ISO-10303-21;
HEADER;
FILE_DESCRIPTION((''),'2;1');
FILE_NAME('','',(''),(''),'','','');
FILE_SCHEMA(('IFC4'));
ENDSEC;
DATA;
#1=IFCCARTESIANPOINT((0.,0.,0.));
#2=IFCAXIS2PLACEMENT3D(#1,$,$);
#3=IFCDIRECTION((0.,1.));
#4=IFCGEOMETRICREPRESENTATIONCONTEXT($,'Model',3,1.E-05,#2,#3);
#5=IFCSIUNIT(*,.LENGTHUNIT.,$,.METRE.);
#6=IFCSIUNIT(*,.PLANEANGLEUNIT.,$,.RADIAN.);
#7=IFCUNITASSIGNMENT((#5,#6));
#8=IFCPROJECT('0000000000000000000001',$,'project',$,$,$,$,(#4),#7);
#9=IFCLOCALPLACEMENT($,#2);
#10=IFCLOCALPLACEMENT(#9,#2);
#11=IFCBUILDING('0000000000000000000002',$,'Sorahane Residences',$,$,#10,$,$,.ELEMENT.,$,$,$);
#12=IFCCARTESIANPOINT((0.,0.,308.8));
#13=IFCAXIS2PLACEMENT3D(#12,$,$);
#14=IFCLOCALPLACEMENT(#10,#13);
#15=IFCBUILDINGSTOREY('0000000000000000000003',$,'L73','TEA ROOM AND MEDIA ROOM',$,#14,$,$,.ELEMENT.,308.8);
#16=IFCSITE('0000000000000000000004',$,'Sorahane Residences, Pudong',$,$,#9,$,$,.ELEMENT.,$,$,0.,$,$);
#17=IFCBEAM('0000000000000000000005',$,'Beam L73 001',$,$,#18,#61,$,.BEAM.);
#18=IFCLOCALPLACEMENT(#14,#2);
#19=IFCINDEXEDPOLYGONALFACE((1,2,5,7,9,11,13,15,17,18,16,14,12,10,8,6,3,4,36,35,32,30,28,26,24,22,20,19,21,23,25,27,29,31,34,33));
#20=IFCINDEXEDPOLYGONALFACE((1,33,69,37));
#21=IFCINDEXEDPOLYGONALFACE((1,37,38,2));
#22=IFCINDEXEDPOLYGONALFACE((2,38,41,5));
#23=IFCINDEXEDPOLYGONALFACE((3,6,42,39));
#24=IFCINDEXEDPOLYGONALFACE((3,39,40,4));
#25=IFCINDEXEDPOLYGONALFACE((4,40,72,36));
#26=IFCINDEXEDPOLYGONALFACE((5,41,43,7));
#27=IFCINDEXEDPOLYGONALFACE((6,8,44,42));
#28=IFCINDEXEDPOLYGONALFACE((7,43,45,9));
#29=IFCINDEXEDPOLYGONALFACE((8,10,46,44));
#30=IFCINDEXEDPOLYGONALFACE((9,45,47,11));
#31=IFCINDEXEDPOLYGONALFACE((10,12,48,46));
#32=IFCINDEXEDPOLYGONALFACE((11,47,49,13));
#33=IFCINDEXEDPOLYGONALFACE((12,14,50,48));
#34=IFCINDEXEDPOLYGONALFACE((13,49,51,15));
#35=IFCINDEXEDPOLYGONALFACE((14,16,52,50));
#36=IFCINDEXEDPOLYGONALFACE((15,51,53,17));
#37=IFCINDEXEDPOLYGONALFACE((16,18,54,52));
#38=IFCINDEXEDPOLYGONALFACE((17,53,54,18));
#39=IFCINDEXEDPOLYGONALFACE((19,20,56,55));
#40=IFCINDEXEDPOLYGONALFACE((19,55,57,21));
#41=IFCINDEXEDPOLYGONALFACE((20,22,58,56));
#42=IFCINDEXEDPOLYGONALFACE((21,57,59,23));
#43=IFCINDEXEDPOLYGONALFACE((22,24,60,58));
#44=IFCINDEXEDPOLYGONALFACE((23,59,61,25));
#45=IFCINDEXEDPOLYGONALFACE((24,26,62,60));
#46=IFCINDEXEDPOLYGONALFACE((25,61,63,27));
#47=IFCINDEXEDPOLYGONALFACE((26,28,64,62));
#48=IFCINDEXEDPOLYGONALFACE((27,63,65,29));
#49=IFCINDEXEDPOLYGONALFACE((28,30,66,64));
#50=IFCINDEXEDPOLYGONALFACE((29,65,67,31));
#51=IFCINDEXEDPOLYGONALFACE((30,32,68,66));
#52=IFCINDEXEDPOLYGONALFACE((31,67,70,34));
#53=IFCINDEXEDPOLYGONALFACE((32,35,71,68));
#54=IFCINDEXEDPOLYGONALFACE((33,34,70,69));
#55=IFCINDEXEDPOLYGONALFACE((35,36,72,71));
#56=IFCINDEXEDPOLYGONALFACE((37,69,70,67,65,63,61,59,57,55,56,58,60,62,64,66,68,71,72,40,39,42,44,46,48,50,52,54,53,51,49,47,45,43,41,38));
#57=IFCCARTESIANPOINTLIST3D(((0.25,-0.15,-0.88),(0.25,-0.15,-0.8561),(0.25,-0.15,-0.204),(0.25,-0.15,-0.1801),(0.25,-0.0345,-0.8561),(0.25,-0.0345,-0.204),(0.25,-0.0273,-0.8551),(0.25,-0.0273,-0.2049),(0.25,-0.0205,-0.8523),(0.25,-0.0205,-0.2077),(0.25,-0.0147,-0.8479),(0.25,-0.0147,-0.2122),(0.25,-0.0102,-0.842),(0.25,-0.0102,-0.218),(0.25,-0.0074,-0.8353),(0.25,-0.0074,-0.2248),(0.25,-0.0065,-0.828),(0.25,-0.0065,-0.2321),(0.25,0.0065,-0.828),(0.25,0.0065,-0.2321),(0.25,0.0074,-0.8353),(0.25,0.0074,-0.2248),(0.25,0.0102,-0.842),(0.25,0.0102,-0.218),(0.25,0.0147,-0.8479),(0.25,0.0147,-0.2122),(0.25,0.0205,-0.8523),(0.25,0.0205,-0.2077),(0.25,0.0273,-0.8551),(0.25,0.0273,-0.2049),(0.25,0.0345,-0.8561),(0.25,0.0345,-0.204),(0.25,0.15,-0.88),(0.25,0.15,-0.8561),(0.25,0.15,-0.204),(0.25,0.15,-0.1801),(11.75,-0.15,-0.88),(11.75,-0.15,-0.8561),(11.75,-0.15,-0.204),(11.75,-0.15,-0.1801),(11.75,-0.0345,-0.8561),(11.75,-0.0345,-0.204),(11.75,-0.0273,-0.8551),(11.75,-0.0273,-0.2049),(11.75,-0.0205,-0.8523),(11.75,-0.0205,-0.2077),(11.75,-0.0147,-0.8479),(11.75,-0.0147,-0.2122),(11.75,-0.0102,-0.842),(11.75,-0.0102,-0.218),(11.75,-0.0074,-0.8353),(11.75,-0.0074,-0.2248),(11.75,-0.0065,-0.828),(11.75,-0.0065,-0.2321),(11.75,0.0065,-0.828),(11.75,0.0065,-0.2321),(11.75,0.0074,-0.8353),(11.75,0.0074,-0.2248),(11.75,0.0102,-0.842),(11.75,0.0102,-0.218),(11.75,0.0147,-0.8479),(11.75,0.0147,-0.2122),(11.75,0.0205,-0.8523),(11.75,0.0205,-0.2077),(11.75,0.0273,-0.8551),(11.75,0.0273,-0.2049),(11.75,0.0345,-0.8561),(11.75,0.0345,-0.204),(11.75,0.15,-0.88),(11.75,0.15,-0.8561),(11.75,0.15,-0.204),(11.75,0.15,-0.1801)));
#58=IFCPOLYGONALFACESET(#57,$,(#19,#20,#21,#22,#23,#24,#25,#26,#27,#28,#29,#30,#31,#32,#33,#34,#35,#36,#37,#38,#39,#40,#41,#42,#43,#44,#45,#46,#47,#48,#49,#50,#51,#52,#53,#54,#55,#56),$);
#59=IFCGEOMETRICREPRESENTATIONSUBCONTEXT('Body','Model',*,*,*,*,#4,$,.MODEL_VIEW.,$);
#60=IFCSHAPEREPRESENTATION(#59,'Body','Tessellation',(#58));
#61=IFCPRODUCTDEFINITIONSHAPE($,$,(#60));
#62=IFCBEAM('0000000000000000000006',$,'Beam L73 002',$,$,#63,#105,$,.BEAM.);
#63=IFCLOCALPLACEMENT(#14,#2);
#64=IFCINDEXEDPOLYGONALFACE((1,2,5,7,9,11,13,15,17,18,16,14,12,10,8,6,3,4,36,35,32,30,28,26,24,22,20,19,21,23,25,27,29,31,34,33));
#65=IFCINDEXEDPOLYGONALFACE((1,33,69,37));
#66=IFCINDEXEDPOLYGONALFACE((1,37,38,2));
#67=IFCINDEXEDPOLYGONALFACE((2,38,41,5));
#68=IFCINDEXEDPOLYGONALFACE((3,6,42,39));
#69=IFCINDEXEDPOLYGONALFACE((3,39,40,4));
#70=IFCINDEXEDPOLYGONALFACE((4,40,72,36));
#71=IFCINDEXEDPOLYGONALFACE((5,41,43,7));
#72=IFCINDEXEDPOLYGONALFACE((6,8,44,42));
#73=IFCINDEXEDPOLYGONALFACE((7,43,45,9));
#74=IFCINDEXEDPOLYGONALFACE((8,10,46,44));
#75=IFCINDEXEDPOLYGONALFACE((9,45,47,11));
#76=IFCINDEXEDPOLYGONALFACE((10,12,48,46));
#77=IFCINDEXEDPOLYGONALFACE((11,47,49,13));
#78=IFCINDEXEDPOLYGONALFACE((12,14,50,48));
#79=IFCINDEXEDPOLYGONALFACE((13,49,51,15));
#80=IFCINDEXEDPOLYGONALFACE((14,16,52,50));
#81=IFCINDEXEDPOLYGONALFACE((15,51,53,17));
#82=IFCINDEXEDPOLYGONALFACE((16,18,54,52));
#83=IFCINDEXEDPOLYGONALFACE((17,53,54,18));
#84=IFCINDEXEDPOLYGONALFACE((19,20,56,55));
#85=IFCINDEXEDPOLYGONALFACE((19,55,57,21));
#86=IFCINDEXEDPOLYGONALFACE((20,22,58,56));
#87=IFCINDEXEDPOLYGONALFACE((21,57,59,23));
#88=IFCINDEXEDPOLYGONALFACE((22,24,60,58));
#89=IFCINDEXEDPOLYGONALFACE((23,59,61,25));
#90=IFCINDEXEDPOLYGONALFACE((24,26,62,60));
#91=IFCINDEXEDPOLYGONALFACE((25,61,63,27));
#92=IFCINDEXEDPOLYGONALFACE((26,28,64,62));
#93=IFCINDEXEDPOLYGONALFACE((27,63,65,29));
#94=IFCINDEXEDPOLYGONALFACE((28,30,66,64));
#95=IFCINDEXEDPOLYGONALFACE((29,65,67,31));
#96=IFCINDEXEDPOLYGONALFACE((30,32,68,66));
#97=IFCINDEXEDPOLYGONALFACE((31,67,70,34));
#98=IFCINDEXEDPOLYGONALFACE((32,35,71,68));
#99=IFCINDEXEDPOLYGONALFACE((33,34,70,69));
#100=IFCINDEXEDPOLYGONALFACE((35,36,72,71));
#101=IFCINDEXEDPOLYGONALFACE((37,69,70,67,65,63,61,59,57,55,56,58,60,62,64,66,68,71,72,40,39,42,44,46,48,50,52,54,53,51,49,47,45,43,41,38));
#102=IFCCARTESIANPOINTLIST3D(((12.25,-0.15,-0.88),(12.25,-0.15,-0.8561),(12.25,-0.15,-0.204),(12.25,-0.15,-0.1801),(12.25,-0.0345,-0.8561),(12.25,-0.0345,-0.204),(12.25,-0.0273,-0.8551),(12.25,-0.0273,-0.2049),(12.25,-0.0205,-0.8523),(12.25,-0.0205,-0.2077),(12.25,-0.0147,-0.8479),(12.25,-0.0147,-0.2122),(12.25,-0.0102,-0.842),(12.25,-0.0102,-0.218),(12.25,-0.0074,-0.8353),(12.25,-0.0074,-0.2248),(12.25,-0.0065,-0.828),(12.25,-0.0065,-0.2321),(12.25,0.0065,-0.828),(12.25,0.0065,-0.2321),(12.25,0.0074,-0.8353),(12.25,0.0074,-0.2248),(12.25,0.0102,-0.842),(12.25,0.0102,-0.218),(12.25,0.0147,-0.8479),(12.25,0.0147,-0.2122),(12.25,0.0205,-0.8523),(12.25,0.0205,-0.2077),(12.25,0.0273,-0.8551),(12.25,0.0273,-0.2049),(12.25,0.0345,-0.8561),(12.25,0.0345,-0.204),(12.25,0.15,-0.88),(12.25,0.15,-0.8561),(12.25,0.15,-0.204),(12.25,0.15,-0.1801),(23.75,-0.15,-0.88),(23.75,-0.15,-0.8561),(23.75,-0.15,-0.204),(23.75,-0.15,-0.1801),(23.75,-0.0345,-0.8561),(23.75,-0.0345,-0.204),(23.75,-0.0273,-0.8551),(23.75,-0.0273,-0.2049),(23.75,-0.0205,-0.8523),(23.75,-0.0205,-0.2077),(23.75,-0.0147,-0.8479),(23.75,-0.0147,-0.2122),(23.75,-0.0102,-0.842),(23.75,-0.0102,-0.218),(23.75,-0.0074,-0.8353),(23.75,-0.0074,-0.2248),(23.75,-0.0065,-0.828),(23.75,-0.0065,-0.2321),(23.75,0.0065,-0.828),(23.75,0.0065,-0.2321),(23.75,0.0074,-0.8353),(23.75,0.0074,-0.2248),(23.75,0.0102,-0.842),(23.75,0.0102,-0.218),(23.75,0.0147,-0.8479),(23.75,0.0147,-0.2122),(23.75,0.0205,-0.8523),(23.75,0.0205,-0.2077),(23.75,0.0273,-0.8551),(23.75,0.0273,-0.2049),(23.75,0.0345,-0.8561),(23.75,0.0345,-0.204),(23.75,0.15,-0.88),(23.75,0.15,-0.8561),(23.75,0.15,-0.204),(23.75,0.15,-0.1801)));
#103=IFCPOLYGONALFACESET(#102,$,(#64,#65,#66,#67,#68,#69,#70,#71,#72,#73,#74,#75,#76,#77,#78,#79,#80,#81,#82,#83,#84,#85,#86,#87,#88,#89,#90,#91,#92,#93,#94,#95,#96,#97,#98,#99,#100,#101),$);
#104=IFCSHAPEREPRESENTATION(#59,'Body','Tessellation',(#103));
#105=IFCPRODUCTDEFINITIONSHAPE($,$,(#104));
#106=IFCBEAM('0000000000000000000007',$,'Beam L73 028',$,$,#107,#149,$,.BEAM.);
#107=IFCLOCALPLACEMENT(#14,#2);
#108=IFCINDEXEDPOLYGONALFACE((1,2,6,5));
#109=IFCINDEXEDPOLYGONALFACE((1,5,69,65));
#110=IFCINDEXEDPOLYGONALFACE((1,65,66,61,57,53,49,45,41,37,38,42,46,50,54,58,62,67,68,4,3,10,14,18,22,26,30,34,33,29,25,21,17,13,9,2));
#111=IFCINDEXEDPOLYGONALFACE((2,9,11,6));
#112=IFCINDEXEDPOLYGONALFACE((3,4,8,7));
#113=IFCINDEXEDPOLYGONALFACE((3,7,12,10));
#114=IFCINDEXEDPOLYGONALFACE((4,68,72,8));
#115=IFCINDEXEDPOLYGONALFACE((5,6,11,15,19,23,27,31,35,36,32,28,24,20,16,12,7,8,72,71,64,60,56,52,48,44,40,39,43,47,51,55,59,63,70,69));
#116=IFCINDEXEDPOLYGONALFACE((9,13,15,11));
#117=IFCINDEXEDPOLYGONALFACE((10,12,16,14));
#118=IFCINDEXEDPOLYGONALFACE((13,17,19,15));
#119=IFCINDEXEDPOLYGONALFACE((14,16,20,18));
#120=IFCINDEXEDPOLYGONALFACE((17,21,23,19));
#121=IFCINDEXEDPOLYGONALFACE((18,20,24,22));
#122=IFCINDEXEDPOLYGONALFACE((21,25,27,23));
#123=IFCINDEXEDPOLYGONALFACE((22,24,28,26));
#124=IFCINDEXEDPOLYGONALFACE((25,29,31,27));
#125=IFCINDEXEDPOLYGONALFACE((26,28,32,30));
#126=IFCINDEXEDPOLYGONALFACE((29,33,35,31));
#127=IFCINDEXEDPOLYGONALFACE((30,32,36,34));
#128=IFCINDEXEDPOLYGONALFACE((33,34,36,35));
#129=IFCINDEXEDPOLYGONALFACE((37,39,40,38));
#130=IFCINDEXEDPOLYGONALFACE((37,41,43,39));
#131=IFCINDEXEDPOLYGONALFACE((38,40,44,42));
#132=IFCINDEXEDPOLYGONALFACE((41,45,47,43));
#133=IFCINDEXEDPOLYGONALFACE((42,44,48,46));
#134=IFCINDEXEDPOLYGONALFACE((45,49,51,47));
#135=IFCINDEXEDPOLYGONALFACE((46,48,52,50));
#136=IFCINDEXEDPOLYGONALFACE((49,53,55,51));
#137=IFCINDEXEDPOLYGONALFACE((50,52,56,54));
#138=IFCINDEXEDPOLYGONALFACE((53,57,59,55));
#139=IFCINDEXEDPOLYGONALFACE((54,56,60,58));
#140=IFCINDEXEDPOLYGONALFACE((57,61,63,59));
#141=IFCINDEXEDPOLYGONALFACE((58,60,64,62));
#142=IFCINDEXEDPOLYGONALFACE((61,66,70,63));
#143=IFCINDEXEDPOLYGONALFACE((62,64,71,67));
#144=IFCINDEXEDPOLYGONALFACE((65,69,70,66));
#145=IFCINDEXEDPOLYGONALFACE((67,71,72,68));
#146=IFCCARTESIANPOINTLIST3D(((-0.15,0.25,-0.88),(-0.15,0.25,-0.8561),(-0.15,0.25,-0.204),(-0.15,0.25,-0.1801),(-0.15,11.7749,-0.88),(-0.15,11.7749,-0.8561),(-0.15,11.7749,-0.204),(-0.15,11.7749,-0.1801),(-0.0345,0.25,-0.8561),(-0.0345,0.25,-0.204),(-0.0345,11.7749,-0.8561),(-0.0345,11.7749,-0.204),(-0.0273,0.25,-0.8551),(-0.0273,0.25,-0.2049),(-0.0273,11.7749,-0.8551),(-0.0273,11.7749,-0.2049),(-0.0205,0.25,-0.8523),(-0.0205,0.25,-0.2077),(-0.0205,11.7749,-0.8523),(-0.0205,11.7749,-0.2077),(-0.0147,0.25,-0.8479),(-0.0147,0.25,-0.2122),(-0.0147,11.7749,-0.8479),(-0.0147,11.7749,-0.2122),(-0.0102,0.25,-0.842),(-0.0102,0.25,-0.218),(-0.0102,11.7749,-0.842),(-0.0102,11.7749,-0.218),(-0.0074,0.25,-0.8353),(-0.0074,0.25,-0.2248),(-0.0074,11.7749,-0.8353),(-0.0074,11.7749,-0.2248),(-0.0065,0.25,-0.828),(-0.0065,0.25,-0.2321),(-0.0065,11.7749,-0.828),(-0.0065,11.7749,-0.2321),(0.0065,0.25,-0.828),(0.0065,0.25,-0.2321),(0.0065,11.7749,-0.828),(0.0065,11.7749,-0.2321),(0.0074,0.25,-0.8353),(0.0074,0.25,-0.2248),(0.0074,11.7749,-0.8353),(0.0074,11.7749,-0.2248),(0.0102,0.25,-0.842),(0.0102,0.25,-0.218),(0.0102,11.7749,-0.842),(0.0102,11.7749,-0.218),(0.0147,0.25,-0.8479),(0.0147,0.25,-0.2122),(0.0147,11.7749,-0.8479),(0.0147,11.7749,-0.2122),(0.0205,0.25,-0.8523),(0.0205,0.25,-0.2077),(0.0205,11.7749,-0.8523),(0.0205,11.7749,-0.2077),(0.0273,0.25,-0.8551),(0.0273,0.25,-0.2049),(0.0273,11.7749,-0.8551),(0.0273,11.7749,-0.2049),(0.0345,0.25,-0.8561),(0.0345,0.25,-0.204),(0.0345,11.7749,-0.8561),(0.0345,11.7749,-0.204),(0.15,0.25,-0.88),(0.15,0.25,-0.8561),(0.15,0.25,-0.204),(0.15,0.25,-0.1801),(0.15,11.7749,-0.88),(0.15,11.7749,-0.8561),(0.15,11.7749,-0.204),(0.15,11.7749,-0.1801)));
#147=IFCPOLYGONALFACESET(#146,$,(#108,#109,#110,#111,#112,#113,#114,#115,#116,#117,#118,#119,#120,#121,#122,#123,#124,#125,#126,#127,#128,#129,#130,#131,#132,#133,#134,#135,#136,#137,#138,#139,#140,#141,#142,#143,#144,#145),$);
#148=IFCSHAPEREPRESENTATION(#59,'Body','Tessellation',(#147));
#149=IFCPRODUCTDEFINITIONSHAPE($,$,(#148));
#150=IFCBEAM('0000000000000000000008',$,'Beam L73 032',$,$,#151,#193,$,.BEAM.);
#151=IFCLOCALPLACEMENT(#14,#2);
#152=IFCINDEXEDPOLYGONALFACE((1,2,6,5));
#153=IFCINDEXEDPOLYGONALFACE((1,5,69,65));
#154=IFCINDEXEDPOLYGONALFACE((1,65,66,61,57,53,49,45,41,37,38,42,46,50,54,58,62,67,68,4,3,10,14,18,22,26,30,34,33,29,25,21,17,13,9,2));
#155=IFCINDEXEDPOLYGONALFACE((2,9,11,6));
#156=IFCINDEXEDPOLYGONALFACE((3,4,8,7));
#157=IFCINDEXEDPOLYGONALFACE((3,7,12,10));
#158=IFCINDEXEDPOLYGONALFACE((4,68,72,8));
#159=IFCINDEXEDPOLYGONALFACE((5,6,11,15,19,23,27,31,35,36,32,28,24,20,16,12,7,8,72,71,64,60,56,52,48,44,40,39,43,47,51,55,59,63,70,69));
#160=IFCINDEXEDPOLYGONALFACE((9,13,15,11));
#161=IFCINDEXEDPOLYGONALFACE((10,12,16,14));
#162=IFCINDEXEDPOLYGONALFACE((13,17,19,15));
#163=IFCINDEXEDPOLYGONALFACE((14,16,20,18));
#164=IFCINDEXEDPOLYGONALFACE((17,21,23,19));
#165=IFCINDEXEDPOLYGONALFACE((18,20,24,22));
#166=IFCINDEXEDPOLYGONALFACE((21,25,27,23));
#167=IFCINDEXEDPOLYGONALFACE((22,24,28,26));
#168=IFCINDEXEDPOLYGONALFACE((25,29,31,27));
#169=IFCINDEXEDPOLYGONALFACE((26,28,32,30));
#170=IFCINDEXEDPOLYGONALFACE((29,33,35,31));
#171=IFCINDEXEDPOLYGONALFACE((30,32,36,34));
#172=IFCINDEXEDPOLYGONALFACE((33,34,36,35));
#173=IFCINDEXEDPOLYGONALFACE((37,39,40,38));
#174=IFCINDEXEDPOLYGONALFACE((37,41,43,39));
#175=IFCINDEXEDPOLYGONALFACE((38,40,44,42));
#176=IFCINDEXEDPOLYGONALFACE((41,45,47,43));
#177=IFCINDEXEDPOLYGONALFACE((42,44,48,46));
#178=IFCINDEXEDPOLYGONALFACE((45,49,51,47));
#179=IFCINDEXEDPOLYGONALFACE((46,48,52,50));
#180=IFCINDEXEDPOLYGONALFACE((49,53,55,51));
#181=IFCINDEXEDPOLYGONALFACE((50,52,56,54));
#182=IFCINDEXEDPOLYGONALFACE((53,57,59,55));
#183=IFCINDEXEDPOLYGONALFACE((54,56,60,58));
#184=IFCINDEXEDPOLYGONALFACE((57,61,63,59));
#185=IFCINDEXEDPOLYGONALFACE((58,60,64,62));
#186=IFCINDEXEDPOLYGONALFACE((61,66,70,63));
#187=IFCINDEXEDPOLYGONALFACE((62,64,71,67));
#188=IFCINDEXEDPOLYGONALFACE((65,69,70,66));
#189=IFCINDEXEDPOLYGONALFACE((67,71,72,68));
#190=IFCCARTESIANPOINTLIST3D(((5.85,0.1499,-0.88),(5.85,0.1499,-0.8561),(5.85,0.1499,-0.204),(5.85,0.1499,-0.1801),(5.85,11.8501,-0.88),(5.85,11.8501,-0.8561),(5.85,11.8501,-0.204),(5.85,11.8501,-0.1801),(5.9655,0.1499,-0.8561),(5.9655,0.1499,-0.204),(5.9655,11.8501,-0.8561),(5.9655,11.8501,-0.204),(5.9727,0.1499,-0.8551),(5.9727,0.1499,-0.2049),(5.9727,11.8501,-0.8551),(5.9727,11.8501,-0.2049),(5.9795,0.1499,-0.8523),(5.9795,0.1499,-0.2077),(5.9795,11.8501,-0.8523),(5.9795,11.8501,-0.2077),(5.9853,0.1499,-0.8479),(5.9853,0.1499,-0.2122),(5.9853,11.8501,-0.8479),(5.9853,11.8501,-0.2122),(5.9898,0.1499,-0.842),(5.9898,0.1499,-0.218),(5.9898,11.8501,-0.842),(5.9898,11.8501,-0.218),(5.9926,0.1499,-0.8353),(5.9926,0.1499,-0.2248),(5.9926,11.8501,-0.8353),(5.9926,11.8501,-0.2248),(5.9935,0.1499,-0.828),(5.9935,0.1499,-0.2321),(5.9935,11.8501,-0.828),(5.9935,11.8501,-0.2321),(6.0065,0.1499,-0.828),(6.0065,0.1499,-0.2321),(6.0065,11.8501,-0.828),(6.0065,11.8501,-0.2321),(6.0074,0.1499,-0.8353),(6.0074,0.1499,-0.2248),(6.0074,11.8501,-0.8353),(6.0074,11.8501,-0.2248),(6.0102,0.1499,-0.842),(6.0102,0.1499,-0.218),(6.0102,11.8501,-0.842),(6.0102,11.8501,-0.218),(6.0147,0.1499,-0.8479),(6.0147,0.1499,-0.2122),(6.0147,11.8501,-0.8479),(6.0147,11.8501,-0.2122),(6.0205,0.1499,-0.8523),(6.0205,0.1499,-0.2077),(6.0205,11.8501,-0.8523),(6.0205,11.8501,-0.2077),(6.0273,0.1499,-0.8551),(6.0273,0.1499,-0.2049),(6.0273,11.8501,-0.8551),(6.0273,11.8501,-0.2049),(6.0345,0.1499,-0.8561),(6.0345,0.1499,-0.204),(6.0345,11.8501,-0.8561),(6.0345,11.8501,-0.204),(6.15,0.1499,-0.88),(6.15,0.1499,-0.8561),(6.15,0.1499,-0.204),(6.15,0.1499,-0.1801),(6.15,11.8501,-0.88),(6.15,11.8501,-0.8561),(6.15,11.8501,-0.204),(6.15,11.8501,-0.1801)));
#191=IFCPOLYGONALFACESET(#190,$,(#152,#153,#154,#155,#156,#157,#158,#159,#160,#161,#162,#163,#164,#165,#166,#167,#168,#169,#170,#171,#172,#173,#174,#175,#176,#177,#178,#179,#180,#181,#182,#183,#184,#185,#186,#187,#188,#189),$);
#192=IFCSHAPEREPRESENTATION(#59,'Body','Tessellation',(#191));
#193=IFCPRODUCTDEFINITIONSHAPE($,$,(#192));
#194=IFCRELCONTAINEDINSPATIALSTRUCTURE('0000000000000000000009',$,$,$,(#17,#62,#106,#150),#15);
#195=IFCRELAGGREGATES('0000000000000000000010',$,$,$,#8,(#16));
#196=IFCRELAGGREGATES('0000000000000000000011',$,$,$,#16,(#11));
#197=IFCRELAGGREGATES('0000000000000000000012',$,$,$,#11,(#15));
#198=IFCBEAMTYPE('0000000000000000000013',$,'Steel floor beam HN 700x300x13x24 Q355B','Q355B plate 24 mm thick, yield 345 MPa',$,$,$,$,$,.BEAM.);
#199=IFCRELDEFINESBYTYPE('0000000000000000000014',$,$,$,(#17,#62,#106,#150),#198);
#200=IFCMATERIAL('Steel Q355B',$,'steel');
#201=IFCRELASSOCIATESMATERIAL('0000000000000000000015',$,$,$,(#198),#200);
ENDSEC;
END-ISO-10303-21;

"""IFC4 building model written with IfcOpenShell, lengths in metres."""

from ifc_helpers import new_model, si_unit, direction, frame, origin, origin_2d, place, context, subcontext, project, spatial, i_section, extrude, material, material_profile, profile_set, type_object, element, save


model = new_model("IFC4")

# Units and contexts
model_context = context("Model", 3, precision=1e-05, world=origin(), true_north=direction((0.0, 1.0)))
body_context = subcontext(model_context, "Body", "Model", "MODEL_VIEW")
ifc_project = project(units=[si_unit("LENGTHUNIT", "METRE"), si_unit("PLANEANGLEUNIT", "RADIAN")], contexts=[model_context])

# Site, building, storey
site_placement = place(None, origin())
site = spatial("IfcSite", under=ifc_project, at=site_placement, Name="Sorahane Residences, Pudong", CompositionType="ELEMENT", RefElevation=0.0)
building_placement = place(site_placement, origin())
building = spatial("IfcBuilding", under=site, at=building_placement, Name="Sorahane Residences", CompositionType="ELEMENT")
storey_placement = place(building_placement, frame((0.0, 0.0, 308.8)))
storey = spatial("IfcBuildingStorey", under=building, at=storey_placement, Name="L73", Description="TEA ROOM AND MEDIA ROOM", CompositionType="ELEMENT", Elevation=308.8)

# Beams
ifc_material_1 = material(Name="Steel Q355B", Category="steel")
ifc_material_profile_1 = material_profile(ifc_material_1, i_section(OverallWidth=0.3, OverallDepth=0.7, WebThickness=0.0129, FlangeThickness=0.0239, FilletRadius=0.0281, at=origin_2d()), Name="HN 700x300x13x24")
ifc_profile_set_1 = profile_set([ifc_material_profile_1], Name="Steel Q355B")
beam_type_1 = type_object("IfcBeamType", Name="Steel floor beam HN 700x300x13x24 Q355B", Description="Q355B plate 24 mm thick, yield 345 MPa", PredefinedType="BEAM", material=ifc_profile_set_1)
for number, where, z_axis, x_axis, name in (
    (1, (0.25, 0.0, -0.53), (1.0, 0.0, 0.0), (0.0, 1.0, 0.0), "Beam L73 001"),
    (2, (12.25, 0.0, -0.53), (1.0, 0.0, 0.0), (0.0, 1.0, 0.0), "Beam L73 002"),
):
    element("IfcBeam", number, at=place(storey_placement, frame(where, z_axis=z_axis, x_axis=x_axis)), inside=storey, type_object=beam_type_1, Name=name, PredefinedType="BEAM", context=body_context, shape_type="SweptSolid", body=[
        extrude(i_section(OverallWidth=0.3, OverallDepth=0.7, WebThickness=0.0129, FlangeThickness=0.0239, FilletRadius=0.0281, at=origin_2d()), origin(), (0.0, 0.0, 1.0), 11.5),
    ])
beam_1_placement = place(storey_placement, frame((0.0, 0.25, -0.53), z_axis=(0.0, 1.0, 0.0), x_axis=(-1.0, 0.0, 0.0)))
element("IfcBeam", 3, at=beam_1_placement, inside=storey, type_object=beam_type_1, Name="Beam L73 028", PredefinedType="BEAM", context=body_context, shape_type="SweptSolid", body=[
    extrude(i_section(OverallWidth=0.3, OverallDepth=0.7, WebThickness=0.0129, FlangeThickness=0.0239, FilletRadius=0.0281, at=origin_2d()), origin(), (0.0, 0.0, 1.0), 11.5249),
])
beam_2_placement = place(storey_placement, frame((6.0, 0.1499, -0.53), z_axis=(0.0, 1.0, 0.0), x_axis=(-1.0, 0.0, 0.0)))
element("IfcBeam", 4, at=beam_2_placement, inside=storey, type_object=beam_type_1, Name="Beam L73 032", PredefinedType="BEAM", context=body_context, shape_type="SweptSolid", body=[
    extrude(i_section(OverallWidth=0.3, OverallDepth=0.7, WebThickness=0.0129, FlangeThickness=0.0239, FilletRadius=0.0281, at=origin_2d()), origin(), (0.0, 0.0, 1.0), 11.7002),
])

save(model, "model.ifc")
